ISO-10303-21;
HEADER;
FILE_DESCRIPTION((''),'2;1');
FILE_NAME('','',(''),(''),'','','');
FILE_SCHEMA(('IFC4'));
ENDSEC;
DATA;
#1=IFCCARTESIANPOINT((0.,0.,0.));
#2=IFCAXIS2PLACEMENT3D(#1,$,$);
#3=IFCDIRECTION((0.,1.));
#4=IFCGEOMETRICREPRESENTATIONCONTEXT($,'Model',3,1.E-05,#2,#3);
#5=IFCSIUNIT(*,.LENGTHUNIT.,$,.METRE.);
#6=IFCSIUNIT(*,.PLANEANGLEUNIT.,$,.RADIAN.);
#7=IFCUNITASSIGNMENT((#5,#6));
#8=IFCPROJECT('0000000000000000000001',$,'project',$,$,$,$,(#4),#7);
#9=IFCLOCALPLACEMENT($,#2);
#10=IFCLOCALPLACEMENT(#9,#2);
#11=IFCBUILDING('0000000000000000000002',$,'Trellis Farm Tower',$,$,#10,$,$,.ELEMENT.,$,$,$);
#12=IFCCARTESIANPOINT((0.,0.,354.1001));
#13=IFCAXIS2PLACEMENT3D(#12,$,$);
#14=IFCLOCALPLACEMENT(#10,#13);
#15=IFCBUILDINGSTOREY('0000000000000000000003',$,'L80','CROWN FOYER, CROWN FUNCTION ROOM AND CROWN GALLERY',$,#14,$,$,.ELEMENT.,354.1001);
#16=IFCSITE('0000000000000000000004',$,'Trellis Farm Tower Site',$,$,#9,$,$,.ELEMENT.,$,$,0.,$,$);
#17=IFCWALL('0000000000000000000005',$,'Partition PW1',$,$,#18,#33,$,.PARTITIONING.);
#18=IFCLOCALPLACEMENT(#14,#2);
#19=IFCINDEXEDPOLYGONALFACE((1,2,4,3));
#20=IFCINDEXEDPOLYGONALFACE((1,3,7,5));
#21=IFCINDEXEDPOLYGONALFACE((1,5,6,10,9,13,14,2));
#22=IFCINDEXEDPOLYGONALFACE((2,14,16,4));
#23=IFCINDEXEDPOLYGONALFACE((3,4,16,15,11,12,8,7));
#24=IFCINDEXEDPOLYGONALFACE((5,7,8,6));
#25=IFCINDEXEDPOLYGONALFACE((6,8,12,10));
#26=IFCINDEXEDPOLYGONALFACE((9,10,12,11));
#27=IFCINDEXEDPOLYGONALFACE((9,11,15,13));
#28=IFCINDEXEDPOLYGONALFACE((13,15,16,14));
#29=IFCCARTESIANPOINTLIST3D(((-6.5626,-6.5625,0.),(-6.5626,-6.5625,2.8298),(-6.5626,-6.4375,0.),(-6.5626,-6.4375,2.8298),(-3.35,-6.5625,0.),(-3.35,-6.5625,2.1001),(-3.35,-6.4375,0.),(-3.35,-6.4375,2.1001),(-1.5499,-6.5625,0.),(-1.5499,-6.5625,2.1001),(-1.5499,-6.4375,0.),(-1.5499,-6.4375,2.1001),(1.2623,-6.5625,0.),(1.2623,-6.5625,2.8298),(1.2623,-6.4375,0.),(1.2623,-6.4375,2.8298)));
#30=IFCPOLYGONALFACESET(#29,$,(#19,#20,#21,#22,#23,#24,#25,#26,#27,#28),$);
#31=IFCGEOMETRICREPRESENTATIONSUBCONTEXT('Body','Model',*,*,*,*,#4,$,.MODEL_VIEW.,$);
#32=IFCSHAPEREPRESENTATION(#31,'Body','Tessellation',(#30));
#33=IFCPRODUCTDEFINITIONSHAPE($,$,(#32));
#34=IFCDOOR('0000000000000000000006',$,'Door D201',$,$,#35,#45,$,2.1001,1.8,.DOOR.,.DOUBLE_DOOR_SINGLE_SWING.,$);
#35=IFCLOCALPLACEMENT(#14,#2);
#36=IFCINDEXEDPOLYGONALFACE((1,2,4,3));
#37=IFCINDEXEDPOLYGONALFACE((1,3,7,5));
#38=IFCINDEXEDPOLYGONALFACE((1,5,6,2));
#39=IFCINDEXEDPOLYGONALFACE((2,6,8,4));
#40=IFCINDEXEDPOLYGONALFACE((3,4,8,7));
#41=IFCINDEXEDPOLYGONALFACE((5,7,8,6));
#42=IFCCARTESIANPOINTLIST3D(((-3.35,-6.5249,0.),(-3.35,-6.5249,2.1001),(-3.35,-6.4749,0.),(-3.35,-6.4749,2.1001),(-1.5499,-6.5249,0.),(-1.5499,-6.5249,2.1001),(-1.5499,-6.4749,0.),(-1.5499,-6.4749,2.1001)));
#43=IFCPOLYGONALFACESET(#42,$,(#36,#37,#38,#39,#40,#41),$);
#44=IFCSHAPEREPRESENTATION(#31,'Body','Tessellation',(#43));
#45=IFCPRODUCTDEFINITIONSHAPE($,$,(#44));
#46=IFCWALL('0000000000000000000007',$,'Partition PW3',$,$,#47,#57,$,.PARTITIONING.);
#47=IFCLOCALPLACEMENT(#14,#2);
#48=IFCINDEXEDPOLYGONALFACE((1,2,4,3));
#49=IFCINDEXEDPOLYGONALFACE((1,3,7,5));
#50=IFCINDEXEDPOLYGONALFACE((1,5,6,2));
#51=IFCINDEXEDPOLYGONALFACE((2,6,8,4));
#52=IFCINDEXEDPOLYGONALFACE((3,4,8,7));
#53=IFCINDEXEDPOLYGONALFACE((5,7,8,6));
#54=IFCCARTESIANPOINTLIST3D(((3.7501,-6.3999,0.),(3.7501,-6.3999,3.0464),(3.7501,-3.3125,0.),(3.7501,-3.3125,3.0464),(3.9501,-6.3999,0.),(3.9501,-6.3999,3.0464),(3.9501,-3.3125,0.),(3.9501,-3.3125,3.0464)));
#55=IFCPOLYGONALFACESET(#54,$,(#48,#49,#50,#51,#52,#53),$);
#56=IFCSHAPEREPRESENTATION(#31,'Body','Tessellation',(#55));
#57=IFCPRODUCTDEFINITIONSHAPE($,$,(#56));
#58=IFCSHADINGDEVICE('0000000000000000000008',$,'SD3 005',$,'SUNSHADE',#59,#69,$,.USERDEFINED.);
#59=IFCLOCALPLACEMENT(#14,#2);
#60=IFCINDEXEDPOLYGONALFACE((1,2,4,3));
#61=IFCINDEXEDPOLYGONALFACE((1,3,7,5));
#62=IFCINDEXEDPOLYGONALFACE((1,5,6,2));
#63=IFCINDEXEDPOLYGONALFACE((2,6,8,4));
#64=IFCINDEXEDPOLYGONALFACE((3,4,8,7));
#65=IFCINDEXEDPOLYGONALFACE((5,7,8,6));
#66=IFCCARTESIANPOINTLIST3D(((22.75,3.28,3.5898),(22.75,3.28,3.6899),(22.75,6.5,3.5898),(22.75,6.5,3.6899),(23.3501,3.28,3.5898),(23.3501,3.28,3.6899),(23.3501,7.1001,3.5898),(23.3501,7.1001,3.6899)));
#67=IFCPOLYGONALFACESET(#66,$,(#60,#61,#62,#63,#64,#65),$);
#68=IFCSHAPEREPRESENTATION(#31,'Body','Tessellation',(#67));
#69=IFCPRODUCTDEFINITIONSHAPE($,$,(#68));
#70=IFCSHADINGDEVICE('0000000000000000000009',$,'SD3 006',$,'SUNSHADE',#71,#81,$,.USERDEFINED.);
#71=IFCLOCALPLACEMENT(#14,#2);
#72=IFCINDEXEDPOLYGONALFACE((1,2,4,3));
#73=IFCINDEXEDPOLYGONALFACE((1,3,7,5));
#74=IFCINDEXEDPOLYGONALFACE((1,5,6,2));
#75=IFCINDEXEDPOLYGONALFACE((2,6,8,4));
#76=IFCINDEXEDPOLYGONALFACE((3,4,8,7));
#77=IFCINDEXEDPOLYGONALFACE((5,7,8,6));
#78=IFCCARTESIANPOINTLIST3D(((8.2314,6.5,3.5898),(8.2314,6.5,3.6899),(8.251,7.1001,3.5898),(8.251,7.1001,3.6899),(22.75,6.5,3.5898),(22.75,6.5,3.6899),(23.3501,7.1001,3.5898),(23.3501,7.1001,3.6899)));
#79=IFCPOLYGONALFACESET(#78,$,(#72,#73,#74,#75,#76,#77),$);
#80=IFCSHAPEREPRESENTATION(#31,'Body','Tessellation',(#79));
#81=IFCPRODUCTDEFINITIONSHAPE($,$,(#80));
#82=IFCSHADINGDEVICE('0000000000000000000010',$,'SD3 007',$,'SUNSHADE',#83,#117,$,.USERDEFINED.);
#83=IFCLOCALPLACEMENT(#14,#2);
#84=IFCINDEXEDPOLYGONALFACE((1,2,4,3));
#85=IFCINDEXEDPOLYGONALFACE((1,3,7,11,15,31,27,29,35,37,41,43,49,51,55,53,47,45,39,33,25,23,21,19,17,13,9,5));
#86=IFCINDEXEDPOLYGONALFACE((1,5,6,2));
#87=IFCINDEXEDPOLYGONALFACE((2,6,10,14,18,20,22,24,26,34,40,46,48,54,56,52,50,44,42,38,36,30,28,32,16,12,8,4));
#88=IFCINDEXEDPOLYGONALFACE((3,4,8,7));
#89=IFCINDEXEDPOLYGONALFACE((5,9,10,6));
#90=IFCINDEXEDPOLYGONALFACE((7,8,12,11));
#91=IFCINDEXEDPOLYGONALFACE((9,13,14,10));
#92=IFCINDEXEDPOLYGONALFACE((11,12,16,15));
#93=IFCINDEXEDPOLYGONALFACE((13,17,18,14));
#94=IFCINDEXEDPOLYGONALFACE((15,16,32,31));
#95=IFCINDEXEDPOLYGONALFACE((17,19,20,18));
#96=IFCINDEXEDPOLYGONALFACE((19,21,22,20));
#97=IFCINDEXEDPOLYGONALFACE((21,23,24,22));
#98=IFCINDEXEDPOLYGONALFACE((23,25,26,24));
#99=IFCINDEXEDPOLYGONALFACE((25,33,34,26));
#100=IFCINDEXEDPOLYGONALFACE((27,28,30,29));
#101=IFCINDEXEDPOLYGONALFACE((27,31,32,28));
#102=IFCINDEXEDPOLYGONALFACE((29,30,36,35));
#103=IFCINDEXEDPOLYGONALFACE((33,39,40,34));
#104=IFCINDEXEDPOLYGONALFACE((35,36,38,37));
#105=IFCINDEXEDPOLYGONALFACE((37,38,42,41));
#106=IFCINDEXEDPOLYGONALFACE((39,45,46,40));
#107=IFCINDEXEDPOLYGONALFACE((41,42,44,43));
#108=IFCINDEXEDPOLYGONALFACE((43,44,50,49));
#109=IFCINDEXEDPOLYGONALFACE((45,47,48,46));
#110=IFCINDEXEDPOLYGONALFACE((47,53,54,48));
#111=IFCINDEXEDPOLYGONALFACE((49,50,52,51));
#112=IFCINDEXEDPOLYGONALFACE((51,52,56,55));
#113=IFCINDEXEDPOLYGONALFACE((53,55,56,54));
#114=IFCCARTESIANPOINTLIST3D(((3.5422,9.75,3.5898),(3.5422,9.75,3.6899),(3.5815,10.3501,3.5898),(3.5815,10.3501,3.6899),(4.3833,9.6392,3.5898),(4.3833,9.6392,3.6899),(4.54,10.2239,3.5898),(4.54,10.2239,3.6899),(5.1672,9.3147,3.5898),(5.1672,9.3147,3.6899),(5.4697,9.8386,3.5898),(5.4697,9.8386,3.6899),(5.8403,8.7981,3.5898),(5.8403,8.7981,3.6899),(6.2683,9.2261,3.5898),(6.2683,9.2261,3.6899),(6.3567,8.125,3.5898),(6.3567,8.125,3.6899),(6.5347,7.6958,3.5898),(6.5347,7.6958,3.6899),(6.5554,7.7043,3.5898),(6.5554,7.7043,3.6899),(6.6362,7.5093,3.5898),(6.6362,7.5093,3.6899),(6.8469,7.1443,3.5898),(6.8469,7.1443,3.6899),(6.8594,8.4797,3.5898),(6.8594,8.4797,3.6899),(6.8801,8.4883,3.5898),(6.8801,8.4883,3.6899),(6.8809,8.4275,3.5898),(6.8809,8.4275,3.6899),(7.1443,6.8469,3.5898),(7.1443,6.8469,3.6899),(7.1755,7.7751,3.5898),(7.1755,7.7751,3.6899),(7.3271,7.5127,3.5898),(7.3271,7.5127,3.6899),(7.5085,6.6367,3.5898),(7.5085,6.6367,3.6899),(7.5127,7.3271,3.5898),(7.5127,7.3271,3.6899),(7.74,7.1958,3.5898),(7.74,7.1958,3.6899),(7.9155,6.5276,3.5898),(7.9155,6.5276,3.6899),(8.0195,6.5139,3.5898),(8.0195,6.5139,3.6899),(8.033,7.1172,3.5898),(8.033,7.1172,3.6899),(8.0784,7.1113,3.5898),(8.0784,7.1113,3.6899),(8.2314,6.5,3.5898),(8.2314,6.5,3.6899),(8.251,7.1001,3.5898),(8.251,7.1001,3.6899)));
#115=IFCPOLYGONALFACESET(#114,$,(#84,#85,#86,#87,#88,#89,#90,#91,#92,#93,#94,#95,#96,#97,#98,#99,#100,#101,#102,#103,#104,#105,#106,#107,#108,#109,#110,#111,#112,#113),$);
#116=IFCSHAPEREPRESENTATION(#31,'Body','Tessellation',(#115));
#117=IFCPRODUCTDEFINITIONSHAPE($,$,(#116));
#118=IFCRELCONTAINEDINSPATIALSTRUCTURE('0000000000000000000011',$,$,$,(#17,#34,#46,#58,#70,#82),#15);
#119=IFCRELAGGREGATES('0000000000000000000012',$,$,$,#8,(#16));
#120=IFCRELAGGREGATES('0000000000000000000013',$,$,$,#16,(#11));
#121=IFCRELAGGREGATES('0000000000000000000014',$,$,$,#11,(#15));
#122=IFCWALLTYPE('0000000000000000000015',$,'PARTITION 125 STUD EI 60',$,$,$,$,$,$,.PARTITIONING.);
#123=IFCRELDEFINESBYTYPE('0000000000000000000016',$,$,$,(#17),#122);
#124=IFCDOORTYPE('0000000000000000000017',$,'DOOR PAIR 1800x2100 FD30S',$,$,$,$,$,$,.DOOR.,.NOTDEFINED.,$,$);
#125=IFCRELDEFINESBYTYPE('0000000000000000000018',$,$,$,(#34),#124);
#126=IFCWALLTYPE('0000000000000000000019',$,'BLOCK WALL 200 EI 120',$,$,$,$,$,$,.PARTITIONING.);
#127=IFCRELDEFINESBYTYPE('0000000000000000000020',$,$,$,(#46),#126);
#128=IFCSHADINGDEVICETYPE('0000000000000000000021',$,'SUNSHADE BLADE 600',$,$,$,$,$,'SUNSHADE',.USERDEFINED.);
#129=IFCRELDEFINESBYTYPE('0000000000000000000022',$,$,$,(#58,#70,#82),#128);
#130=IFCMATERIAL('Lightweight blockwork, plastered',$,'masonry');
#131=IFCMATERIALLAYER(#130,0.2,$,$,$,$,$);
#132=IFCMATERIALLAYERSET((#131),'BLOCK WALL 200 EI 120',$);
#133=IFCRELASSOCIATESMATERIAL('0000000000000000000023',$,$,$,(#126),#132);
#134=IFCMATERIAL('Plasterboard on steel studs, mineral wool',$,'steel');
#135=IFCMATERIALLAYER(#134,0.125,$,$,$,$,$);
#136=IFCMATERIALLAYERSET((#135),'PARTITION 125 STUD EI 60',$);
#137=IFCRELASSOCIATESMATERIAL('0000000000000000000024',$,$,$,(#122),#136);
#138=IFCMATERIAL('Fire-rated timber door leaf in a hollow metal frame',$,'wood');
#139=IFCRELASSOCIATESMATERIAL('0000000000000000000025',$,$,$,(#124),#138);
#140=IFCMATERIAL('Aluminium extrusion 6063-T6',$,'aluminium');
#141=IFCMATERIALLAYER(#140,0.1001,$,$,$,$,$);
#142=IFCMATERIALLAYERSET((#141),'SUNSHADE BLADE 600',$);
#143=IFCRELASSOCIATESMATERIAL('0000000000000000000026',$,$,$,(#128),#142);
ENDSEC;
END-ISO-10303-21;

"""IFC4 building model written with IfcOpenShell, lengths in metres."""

from ifc_helpers import new_model, si_unit, direction, frame, frame_2d, origin, place, context, subcontext, project, spatial, polyline, rectangle, outline, extrude, source, transform, mapped, material, layer, layer_set, type_object, element, fill, save


model = new_model("IFC4")

# Units and contexts
model_context = context("Model", 3, precision=1e-05, world=origin(), true_north=direction((0.0, 1.0)))
body_context = subcontext(model_context, "Body", "Model", "MODEL_VIEW")
ifc_project = project(units=[si_unit("LENGTHUNIT", "METRE"), si_unit("PLANEANGLEUNIT", "RADIAN")], contexts=[model_context])

# Site, building, storey
site_placement = place(None, origin())
site = spatial("IfcSite", under=ifc_project, at=site_placement, Name="Trellis Farm Tower Site", CompositionType="ELEMENT", RefElevation=0.0)
building_placement = place(site_placement, origin())
building = spatial("IfcBuilding", under=site, at=building_placement, Name="Trellis Farm Tower", CompositionType="ELEMENT")
storey_placement = place(building_placement, frame((0.0, 0.0, 354.1001)))
storey = spatial("IfcBuildingStorey", under=building, at=storey_placement, Name="L80", Description="CROWN FOYER, CROWN FUNCTION ROOM AND CROWN GALLERY", CompositionType="ELEMENT", Elevation=354.1001)

# Shared definitions
ifc_material_1 = material(Name="Aluminium extrusion 6063-T6", Category="aluminium")

# Shared definitions
ifc_material_2 = material(Name="Lightweight blockwork, plastered", Category="masonry")
ifc_layer_1 = layer(ifc_material_2, 0.2)
ifc_layer_set_1 = layer_set([ifc_layer_1], Name="BLOCK WALL 200 EI 120")
wall_type_1 = type_object("IfcWallType", Name="BLOCK WALL 200 EI 120", PredefinedType="PARTITIONING", material=ifc_layer_set_1)

# Wall, opening, door
ifc_material_3 = material(Name="Plasterboard on steel studs, mineral wool", Category="steel")
ifc_layer_2 = layer(ifc_material_3, 0.125)
ifc_layer_set_2 = layer_set([ifc_layer_2], Name="PARTITION 125 STUD EI 60")
wall_type_2 = type_object("IfcWallType", Name="PARTITION 125 STUD EI 60", PredefinedType="PARTITIONING", material=ifc_layer_set_2)
ifc_material_4 = material(Name="Fire-rated timber door leaf in a hollow metal frame", Category="wood")
shared_shape_1 = source(origin(), body_context, "Body", "SweptSolid", [
    extrude(rectangle(XDim=7.825, YDim=0.125, at=frame_2d((3.9126, 0.0))), origin(), (0.0, 0.0, 1.0), 2.8298),
])
wall_1_placement = place(storey_placement, frame((1.2625, -6.5, 0.0), z_axis=(0.0, 0.0, 1.0), x_axis=(-1.0, 0.0, 0.0)))
wall_1 = element("IfcWall", 1, at=wall_1_placement, inside=storey, type_object=wall_type_2, Name="Partition PW1", PredefinedType="PARTITIONING", context=body_context, shape_type="MappedRepresentation", body=[
    mapped(shared_shape_1, transform((0.0, 0.0, 0.0))),
])
shared_shape_2 = source(origin(), body_context, "Body", "SweptSolid", [
    extrude(rectangle(XDim=1.8, YDim=2.1001, at=frame_2d((0.8999, 1.05))), frame((0.0, 0.0725, 0.0), z_axis=(0.0, -1.0, 0.0), x_axis=(1.0, 0.0, 0.0)), (0.0, 0.0, 1.0), 0.145),
])
opening_1_placement = place(wall_1_placement, frame((2.8125, 0.0, 0.0)))
opening_1 = element("IfcOpeningElement", 2, at=opening_1_placement, cuts=wall_1, PredefinedType="OPENING", context=body_context, shape_type="MappedRepresentation", body=[
    mapped(shared_shape_2, transform((0.0, 0.0, 0.0))),
])
door_type_1 = type_object("IfcDoorType", Name="DOOR PAIR 1800x2100 FD30S", OperationType="NOTDEFINED", PredefinedType="DOOR", material=ifc_material_4)
shared_shape_3 = source(origin(), body_context, "Body", "SweptSolid", [
    extrude(rectangle(XDim=1.8, YDim=2.1001, at=frame_2d((0.8999, 1.05))), frame((0.0, 0.0249, 0.0), z_axis=(0.0, -1.0, 0.0), x_axis=(1.0, 0.0, 0.0)), (0.0, 0.0, 1.0), 0.05),
])
door_1_placement = place(opening_1_placement, origin())
door_1 = element("IfcDoor", 3, at=door_1_placement, inside=storey, type_object=door_type_1, Name="Door D201", OperationType="DOUBLE_DOOR_SINGLE_SWING", OverallHeight=2.1001, OverallWidth=1.8, PredefinedType="DOOR", context=body_context, shape_type="MappedRepresentation", body=[
    mapped(shared_shape_3, transform((0.0, 0.0, 0.0))),
])
fill(opening_1, door_1)

# Wall
shared_shape_4 = source(origin(), body_context, "Body", "SweptSolid", [
    extrude(rectangle(XDim=3.0874, YDim=0.2, at=frame_2d((1.5437, 0.0))), origin(), (0.0, 0.0, 1.0), 3.0464),
])
wall_2_placement = place(storey_placement, frame((3.8501, -6.3999, 0.0), z_axis=(0.0, 0.0, 1.0), x_axis=(0.0, 1.0, 0.0)))
element("IfcWall", 4, at=wall_2_placement, inside=storey, type_object=wall_type_1, Name="Partition PW3", PredefinedType="PARTITIONING", context=body_context, shape_type="MappedRepresentation", body=[
    mapped(shared_shape_4, transform((0.0, 0.0, 0.0))),
])

# Shading devices
ifc_layer_3 = layer(ifc_material_1, 0.1001)
ifc_layer_set_3 = layer_set([ifc_layer_3], Name="SUNSHADE BLADE 600")
shading_device_type = type_object("IfcShadingDeviceType", Name="SUNSHADE BLADE 600", ElementType="SUNSHADE", PredefinedType="USERDEFINED", material=ifc_layer_set_3)
shared_shape_5 = source(origin(), body_context, "Body", "SweptSolid", [
    extrude(outline(polyline([(23.3501, 3.28), (23.3501, 7.1001), (22.75, 6.5), (22.75, 3.28), (23.3501, 3.28)])), origin(), (0.0, 0.0, 1.0), 0.1001),
])
placement_1 = place(storey_placement, frame((0.0, 0.0, 3.5898)))
element("IfcShadingDevice", 5, at=placement_1, inside=storey, type_object=shading_device_type, Name="SD3 005", ObjectType="SUNSHADE", PredefinedType="USERDEFINED", context=body_context, shape_type="MappedRepresentation", body=[
    mapped(shared_shape_5, transform((0.0, 0.0, 0.0))),
])
shared_shape_6 = source(origin(), body_context, "Body", "SweptSolid", [
    extrude(outline(polyline([(23.3501, 7.1001), (8.251, 7.1001), (8.2314, 6.5), (22.75, 6.5), (23.3501, 7.1001)])), origin(), (0.0, 0.0, 1.0), 0.1001),
])
element("IfcShadingDevice", 6, at=placement_1, inside=storey, type_object=shading_device_type, Name="SD3 006", ObjectType="SUNSHADE", PredefinedType="USERDEFINED", context=body_context, shape_type="MappedRepresentation", body=[
    mapped(shared_shape_6, transform((0.0, 0.0, 0.0))),
])
shared_shape_7 = source(origin(), body_context, "Body", "SweptSolid", [
    extrude(outline(polyline([(8.251, 7.1001), (8.0784, 7.1113), (8.033, 7.1172), (7.74, 7.1958), (7.5127, 7.3271), (7.3271, 7.5127), (7.1755, 7.7751), (6.8801, 8.4883), (6.8594, 8.4797), (6.8809, 8.4275), (6.2683, 9.2261), (5.4697, 9.8386), (4.54, 10.2239), (3.5815, 10.3501), (3.5422, 9.75), (4.3833, 9.6392), (5.1672, 9.3147), (5.8403, 8.7981), (6.3567, 8.125), (6.5347, 7.6958), (6.5554, 7.7043), (6.6362, 7.5093), (6.8469, 7.1443), (7.1443, 6.8469), (7.5085, 6.6367), (7.9155, 6.5276), (8.0195, 6.5139), (8.2314, 6.5), (8.251, 7.1001)])), origin(), (0.0, 0.0, 1.0), 0.1001),
])
element("IfcShadingDevice", 7, at=placement_1, inside=storey, type_object=shading_device_type, Name="SD3 007", ObjectType="SUNSHADE", PredefinedType="USERDEFINED", context=body_context, shape_type="MappedRepresentation", body=[
    mapped(shared_shape_7, transform((0.0, 0.0, 0.0))),
])

save(model, "model.ifc")
